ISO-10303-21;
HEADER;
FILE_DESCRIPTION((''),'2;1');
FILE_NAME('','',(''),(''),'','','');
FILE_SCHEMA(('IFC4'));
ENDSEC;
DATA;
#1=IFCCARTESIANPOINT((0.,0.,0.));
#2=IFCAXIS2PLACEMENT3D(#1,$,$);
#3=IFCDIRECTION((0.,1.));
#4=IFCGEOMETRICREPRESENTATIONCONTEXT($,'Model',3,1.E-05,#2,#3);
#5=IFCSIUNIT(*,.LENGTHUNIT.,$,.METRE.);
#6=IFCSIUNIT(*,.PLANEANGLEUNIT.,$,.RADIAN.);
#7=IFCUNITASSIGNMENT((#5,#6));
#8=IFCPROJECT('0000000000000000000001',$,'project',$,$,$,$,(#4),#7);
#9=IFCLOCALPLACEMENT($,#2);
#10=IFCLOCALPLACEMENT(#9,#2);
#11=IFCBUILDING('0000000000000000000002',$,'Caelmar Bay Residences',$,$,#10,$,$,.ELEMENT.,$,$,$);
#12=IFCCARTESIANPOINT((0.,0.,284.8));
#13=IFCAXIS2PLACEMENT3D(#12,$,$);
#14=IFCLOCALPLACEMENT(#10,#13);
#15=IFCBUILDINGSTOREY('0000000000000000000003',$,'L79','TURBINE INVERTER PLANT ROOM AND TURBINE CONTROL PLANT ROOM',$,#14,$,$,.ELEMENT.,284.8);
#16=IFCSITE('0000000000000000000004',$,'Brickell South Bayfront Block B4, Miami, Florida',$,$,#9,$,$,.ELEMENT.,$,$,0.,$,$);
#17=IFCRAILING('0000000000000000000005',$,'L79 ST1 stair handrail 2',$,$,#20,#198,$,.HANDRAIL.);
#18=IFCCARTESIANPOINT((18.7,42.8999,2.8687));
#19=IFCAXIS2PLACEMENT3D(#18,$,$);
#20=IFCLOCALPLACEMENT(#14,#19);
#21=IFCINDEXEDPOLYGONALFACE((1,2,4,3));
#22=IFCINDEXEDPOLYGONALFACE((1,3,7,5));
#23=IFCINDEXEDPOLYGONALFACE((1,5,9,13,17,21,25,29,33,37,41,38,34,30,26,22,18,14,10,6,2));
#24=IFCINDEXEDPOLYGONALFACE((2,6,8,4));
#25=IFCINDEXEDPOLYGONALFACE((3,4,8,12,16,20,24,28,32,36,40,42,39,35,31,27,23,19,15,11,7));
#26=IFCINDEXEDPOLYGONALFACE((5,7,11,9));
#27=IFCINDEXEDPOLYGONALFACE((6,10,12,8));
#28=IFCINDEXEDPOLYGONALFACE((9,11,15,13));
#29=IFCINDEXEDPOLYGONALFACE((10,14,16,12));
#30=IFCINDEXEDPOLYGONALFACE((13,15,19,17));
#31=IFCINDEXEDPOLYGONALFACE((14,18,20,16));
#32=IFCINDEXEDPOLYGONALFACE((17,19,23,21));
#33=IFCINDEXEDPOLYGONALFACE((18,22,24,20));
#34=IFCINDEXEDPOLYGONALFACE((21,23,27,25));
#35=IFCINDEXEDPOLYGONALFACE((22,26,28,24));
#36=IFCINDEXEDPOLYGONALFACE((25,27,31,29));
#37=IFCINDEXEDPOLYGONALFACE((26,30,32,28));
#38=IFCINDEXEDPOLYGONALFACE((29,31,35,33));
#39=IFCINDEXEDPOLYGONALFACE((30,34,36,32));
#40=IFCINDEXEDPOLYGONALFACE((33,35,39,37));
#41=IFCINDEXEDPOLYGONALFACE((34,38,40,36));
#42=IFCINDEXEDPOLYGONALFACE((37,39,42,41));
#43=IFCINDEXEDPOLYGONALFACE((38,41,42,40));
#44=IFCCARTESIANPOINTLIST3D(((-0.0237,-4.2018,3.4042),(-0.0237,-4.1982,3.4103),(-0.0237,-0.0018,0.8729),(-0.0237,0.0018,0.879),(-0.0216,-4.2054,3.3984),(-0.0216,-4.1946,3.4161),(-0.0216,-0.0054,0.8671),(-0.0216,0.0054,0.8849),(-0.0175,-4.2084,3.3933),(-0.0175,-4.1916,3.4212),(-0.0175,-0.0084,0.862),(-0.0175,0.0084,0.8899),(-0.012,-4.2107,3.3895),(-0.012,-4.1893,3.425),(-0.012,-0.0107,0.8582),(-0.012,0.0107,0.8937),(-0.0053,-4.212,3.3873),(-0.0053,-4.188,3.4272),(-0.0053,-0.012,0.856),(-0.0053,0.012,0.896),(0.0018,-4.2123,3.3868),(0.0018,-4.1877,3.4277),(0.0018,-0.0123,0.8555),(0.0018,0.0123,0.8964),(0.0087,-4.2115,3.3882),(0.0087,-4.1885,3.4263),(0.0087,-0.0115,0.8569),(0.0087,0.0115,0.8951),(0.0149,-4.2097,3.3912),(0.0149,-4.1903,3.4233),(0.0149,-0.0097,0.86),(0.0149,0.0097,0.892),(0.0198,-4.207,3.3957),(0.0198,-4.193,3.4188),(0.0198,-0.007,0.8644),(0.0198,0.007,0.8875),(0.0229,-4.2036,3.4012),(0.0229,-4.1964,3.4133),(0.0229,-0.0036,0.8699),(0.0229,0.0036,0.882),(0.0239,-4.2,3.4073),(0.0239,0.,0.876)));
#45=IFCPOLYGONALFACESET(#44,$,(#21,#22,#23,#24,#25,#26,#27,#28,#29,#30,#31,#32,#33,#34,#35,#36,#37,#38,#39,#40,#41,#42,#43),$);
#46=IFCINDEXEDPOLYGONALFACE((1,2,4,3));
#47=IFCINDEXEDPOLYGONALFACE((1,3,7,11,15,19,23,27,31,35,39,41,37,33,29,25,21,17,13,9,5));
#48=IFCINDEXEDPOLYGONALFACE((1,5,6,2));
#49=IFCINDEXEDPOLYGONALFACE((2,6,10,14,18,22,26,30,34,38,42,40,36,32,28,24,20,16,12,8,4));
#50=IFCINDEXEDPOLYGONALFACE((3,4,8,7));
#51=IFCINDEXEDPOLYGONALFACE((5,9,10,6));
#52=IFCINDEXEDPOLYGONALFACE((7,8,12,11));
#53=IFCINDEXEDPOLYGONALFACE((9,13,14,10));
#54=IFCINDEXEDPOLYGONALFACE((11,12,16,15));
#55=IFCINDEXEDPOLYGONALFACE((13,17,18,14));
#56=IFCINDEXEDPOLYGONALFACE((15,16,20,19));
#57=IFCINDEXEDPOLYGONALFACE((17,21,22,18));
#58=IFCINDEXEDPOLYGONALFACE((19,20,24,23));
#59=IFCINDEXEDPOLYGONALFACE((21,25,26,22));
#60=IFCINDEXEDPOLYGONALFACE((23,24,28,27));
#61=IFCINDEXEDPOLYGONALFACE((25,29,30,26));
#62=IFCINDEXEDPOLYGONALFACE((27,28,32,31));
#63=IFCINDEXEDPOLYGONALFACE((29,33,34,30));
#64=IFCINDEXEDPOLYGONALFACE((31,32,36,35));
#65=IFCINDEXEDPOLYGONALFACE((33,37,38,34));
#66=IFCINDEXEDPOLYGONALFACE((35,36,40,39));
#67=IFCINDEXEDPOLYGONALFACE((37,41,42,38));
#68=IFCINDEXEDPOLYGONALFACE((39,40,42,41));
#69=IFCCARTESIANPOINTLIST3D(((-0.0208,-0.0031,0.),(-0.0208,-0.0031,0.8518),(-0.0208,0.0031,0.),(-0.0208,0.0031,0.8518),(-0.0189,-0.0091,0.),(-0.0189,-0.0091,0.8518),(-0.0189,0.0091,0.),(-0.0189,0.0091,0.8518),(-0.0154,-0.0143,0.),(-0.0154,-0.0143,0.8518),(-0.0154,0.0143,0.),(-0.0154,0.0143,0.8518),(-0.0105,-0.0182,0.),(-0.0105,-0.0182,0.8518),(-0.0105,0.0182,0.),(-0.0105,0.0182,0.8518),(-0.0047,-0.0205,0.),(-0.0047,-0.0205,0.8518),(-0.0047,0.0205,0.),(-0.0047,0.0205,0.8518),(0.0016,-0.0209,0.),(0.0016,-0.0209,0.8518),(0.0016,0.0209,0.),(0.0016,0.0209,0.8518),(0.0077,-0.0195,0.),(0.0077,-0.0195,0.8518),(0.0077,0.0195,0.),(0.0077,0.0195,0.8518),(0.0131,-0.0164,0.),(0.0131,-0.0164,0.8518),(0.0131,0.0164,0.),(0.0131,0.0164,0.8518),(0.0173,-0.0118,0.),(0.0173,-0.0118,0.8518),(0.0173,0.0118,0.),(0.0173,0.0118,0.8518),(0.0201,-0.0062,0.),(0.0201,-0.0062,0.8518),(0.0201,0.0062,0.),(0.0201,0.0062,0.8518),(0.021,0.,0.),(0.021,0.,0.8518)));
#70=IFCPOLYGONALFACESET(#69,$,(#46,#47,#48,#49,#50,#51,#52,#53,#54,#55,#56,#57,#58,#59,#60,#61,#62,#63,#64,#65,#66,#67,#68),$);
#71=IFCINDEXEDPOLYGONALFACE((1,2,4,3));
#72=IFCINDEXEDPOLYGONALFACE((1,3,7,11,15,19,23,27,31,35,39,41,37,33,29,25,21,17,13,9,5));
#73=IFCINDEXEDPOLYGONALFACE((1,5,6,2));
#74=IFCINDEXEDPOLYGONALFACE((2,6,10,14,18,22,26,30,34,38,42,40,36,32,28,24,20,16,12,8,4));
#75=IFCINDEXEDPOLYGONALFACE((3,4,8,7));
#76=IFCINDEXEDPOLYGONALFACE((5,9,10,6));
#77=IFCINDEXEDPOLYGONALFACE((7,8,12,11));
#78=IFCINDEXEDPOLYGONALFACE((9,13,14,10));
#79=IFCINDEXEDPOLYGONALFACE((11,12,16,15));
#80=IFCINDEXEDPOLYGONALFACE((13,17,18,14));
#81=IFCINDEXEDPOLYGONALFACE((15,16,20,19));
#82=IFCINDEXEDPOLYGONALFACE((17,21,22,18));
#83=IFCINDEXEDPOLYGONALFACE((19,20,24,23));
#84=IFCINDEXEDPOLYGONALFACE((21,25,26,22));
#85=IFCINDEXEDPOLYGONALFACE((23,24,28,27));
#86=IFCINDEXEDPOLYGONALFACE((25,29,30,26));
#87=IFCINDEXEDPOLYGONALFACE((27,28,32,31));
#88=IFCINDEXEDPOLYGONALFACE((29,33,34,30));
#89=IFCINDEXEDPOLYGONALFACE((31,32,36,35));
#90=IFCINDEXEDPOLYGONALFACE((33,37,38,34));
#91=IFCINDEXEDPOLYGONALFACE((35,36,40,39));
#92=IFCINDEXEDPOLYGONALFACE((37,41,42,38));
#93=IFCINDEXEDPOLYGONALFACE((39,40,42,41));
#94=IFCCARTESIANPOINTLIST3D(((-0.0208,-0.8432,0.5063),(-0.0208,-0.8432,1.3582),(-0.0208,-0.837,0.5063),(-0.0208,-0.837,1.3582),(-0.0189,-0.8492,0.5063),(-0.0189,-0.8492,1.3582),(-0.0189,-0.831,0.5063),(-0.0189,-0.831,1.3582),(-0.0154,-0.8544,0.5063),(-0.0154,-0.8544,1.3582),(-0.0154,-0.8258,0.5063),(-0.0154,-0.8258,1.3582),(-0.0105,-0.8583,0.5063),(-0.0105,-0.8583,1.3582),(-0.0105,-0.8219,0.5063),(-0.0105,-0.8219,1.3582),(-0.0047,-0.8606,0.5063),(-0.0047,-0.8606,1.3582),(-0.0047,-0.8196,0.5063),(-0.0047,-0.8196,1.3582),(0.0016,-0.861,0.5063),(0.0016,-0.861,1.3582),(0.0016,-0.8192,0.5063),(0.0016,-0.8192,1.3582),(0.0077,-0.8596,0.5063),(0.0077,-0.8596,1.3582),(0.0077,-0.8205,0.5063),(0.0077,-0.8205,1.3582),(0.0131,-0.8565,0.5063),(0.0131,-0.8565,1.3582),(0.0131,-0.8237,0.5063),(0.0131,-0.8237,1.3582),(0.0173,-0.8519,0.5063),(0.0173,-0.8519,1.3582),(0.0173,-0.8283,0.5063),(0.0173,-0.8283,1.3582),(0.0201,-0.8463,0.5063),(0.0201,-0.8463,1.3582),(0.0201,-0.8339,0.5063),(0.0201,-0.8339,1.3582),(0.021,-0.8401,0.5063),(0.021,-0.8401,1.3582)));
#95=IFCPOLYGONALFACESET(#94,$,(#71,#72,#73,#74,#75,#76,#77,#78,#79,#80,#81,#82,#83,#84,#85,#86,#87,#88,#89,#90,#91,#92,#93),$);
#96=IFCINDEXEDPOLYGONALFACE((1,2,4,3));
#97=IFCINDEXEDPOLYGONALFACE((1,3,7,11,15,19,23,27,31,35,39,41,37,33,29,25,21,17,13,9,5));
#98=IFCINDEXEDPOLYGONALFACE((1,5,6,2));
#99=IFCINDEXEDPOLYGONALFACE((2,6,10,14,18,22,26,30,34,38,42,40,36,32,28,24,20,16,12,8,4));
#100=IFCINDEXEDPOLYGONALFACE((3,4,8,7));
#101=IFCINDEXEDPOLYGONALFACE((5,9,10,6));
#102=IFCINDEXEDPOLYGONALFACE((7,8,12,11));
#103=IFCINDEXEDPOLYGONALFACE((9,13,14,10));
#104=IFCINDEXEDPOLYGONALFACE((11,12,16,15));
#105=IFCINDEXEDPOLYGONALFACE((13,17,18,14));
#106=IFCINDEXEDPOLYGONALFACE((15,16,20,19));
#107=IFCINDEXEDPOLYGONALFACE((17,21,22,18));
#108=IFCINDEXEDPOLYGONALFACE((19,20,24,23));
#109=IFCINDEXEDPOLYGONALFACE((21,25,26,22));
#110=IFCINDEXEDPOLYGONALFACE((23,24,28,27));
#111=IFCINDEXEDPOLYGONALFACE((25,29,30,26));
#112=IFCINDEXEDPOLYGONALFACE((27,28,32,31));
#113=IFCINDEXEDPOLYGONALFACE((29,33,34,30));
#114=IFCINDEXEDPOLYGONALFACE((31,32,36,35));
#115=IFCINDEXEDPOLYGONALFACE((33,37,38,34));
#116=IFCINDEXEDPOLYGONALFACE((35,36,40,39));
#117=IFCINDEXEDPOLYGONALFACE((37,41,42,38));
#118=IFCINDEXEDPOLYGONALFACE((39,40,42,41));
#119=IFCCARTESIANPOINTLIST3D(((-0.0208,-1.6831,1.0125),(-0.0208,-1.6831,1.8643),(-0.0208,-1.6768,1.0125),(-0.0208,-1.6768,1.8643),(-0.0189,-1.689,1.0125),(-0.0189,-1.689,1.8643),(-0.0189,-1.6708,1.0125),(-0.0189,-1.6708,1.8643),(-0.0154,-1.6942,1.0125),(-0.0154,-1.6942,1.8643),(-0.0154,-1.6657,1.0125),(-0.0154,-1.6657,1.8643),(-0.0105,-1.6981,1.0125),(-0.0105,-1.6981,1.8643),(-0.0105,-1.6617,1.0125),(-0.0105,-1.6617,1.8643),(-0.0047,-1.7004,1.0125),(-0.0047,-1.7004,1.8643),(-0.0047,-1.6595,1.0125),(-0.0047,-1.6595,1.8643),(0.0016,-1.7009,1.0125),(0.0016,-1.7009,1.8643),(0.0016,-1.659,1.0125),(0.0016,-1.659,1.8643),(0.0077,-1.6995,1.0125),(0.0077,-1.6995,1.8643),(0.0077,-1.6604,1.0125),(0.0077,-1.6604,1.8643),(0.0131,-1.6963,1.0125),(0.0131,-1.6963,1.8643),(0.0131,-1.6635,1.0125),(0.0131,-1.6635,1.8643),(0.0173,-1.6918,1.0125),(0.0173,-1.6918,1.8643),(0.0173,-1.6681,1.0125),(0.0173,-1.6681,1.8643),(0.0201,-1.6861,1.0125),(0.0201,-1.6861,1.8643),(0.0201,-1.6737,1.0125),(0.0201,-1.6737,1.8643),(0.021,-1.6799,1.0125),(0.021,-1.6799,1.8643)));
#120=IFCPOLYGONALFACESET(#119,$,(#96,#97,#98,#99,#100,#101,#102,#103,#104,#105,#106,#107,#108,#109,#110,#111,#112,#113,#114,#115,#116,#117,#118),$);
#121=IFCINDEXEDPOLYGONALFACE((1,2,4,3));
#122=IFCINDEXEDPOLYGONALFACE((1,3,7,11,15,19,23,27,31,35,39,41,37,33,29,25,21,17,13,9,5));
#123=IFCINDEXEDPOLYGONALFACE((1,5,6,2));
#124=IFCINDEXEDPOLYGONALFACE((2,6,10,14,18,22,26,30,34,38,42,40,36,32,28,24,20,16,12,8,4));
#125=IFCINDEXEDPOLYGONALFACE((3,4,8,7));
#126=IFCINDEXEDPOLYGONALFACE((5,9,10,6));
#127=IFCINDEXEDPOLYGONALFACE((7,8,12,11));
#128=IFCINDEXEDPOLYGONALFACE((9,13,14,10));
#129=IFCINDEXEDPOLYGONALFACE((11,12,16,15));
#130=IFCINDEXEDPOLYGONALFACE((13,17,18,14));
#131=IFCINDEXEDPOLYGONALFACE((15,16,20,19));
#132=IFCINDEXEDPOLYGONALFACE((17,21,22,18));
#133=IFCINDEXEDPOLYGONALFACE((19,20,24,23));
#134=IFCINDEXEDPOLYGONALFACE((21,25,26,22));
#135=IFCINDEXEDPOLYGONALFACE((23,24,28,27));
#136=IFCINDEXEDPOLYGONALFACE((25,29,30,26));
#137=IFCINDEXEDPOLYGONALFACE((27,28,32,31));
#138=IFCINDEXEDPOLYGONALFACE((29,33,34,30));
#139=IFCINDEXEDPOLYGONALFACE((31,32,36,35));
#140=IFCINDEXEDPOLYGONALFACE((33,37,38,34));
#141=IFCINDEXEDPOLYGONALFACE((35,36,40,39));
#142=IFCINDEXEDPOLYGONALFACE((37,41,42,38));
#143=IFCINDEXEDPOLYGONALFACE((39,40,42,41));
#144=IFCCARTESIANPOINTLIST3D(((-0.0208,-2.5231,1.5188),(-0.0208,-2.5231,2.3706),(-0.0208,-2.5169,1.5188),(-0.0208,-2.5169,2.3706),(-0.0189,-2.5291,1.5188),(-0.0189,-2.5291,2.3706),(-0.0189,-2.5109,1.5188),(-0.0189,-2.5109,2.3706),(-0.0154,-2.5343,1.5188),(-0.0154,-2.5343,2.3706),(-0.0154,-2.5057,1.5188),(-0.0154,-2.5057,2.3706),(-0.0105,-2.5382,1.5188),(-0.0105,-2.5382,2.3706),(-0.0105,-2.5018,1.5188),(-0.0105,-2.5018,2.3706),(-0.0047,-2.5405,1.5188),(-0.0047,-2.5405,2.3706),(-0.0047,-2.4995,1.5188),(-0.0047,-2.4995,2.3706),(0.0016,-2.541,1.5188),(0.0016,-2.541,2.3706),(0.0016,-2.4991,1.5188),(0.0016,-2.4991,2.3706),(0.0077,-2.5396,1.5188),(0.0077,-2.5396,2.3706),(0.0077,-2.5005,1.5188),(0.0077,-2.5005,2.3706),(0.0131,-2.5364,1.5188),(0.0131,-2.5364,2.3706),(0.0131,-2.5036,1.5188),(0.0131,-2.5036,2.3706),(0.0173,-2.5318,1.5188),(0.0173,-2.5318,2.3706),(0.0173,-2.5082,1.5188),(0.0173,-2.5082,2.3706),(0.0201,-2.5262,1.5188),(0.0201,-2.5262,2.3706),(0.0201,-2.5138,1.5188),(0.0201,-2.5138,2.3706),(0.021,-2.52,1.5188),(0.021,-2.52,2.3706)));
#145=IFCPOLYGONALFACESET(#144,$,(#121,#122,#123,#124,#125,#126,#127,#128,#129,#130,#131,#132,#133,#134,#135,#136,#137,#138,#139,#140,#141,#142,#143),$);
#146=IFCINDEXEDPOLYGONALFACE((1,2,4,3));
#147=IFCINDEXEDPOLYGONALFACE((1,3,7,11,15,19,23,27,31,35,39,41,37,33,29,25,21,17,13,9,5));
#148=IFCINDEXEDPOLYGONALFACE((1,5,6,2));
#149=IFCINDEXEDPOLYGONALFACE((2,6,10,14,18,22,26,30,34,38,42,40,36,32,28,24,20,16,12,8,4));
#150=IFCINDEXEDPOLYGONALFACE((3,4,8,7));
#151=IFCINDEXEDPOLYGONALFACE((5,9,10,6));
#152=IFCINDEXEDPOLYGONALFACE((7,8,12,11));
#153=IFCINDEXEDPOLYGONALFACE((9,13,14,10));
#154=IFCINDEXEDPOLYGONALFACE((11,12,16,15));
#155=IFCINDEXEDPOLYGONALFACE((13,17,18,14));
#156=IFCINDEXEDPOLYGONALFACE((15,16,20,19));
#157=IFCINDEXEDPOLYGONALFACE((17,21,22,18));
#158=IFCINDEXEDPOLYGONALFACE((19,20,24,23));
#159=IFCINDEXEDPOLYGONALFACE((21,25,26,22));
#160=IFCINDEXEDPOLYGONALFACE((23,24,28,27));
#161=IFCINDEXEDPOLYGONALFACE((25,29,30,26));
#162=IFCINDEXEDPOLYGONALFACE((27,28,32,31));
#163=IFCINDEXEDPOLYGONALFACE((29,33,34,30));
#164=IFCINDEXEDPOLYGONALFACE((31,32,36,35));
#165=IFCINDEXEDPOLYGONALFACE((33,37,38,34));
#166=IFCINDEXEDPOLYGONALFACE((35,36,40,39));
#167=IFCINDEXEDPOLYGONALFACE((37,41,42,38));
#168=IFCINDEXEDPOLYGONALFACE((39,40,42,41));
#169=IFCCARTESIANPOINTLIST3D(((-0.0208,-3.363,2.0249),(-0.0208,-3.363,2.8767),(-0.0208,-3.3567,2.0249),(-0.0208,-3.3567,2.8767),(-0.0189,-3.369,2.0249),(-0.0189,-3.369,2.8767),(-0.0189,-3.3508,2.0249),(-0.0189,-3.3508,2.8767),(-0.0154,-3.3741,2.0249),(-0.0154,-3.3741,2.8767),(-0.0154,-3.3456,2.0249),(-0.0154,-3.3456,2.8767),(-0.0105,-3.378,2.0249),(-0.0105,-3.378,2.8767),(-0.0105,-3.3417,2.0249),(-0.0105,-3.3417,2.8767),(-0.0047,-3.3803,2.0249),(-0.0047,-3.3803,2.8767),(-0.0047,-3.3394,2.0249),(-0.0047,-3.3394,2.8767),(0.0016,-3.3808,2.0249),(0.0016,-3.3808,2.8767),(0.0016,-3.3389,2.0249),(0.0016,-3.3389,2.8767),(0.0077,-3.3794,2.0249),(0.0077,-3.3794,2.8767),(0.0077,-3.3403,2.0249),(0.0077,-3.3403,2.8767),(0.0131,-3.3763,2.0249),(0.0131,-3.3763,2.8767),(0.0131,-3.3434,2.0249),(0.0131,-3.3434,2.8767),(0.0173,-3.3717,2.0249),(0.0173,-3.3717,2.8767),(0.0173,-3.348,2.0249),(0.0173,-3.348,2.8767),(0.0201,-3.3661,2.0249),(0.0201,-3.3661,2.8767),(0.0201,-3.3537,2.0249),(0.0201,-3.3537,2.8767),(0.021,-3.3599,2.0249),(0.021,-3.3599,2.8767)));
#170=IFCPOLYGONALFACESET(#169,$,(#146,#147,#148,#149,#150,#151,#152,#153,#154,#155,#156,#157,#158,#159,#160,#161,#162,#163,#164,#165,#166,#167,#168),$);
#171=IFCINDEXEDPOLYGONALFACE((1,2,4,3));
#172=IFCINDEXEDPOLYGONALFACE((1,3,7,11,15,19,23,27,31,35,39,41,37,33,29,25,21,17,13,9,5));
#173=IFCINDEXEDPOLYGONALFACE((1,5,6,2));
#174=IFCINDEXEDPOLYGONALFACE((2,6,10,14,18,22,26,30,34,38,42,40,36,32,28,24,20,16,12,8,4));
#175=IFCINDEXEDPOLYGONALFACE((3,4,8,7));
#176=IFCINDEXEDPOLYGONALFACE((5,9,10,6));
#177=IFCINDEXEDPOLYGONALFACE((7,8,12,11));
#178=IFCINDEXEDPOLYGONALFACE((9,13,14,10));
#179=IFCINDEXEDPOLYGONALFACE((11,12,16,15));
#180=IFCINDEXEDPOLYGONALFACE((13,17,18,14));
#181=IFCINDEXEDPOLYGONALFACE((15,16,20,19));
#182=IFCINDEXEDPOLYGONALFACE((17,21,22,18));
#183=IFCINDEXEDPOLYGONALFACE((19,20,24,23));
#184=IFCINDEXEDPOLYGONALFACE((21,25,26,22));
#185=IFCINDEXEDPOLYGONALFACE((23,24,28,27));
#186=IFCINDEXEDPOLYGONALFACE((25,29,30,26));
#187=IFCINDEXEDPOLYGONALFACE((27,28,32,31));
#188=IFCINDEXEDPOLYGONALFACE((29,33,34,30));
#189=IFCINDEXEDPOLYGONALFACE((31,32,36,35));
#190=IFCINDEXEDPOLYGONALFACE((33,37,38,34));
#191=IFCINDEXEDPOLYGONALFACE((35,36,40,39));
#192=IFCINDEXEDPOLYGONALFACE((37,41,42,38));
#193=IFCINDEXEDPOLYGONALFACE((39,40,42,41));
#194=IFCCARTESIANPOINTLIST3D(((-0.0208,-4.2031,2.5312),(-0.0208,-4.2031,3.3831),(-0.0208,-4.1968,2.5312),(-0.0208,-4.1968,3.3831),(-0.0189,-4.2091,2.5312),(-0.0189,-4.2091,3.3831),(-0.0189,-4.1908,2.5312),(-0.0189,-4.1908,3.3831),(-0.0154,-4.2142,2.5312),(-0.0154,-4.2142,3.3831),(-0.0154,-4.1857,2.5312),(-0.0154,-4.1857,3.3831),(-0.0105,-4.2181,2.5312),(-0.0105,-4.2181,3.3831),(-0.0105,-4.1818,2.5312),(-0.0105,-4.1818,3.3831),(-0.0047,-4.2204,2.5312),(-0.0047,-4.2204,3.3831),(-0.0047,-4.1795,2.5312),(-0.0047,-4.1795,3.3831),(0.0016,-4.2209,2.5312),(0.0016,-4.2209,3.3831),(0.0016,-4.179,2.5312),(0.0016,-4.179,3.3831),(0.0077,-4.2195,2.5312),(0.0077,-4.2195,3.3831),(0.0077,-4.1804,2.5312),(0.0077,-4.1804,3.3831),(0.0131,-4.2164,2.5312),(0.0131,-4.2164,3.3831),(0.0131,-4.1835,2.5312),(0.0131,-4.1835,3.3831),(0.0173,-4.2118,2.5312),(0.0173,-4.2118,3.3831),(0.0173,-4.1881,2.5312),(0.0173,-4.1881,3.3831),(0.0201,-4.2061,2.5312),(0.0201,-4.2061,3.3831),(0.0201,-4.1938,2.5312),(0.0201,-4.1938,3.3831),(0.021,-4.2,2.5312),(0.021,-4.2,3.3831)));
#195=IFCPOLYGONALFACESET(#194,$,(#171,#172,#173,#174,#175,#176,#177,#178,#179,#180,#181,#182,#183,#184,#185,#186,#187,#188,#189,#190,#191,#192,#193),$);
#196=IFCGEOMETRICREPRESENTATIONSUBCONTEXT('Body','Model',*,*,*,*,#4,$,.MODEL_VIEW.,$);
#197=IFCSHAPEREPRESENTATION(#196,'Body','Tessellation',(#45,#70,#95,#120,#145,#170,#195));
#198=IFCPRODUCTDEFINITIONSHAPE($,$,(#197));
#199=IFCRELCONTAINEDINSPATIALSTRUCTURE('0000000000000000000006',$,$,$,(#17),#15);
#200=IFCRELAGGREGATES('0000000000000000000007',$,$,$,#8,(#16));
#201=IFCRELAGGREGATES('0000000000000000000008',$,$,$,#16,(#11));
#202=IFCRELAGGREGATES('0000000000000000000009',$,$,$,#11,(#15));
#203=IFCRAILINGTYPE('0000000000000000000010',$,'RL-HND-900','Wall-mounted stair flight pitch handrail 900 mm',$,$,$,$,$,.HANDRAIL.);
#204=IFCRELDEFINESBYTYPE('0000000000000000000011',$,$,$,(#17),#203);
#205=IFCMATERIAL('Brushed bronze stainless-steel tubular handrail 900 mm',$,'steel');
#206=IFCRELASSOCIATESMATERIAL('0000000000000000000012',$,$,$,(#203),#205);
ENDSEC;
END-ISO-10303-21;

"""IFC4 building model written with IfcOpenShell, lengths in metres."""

from ifc_helpers import new_model, si_unit, direction, frame, origin, origin_2d, place, context, subcontext, project, spatial, circle, extrude, material, type_object, element, save


model = new_model("IFC4")

# Units and contexts
model_context = context("Model", 3, precision=1e-05, world=origin(), true_north=direction((0.0, 1.0)))
body_context = subcontext(model_context, "Body", "Model", "MODEL_VIEW")
ifc_project = project(units=[si_unit("LENGTHUNIT", "METRE"), si_unit("PLANEANGLEUNIT", "RADIAN")], contexts=[model_context])

# Site, building, storey
site_placement = place(None, origin())
site = spatial("IfcSite", under=ifc_project, at=site_placement, Name="Brickell South Bayfront Block B4, Miami, Florida", CompositionType="ELEMENT", RefElevation=0.0)
building_placement = place(site_placement, origin())
building = spatial("IfcBuilding", under=site, at=building_placement, Name="Caelmar Bay Residences", CompositionType="ELEMENT")
storey_placement = place(building_placement, frame((0.0, 0.0, 284.8)))
storey = spatial("IfcBuildingStorey", under=building, at=storey_placement, Name="L79", Description="TURBINE INVERTER PLANT ROOM AND TURBINE CONTROL PLANT ROOM", CompositionType="ELEMENT", Elevation=284.8)

# Railing
ifc_material_1 = material(Name="Brushed bronze stainless-steel tubular handrail 900 mm", Category="steel")
railing_type_1 = type_object("IfcRailingType", Name="RL-HND-900", Description="Wall-mounted stair flight pitch handrail 900 mm", PredefinedType="HANDRAIL", material=ifc_material_1)
railing_1_placement = place(storey_placement, frame((18.7, 42.8999, 2.8687)))
element("IfcRailing", 1, at=railing_1_placement, inside=storey, type_object=railing_type_1, Name="L79 ST1 stair handrail 2", PredefinedType="HANDRAIL", context=body_context, shape_type="SweptSolid", body=[
    extrude(circle(Radius=0.0239, at=origin_2d()), frame((0.0, 0.0, 0.876), z_axis=(0.0, -0.856476, 0.516186), x_axis=(1.0, 0.0, 0.0)), (0.0, 0.0, 1.0), 4.9038),
    extrude(circle(Radius=0.021, at=origin_2d()), origin(), (0.0, 0.0, 1.0), 0.8518),
    extrude(circle(Radius=0.021, at=origin_2d()), frame((0.0, -0.8401, 0.5063)), (0.0, 0.0, 1.0), 0.8518),
    extrude(circle(Radius=0.021, at=origin_2d()), frame((0.0, -1.6799, 1.0125)), (0.0, 0.0, 1.0), 0.8518),
    extrude(circle(Radius=0.021, at=origin_2d()), frame((0.0, -2.52, 1.5188)), (0.0, 0.0, 1.0), 0.8518),
    extrude(circle(Radius=0.021, at=origin_2d()), frame((0.0, -3.3599, 2.0249)), (0.0, 0.0, 1.0), 0.8518),
    extrude(circle(Radius=0.021, at=origin_2d()), frame((0.0, -4.2, 2.5312)), (0.0, 0.0, 1.0), 0.8518),
])

save(model, "model.ifc")
